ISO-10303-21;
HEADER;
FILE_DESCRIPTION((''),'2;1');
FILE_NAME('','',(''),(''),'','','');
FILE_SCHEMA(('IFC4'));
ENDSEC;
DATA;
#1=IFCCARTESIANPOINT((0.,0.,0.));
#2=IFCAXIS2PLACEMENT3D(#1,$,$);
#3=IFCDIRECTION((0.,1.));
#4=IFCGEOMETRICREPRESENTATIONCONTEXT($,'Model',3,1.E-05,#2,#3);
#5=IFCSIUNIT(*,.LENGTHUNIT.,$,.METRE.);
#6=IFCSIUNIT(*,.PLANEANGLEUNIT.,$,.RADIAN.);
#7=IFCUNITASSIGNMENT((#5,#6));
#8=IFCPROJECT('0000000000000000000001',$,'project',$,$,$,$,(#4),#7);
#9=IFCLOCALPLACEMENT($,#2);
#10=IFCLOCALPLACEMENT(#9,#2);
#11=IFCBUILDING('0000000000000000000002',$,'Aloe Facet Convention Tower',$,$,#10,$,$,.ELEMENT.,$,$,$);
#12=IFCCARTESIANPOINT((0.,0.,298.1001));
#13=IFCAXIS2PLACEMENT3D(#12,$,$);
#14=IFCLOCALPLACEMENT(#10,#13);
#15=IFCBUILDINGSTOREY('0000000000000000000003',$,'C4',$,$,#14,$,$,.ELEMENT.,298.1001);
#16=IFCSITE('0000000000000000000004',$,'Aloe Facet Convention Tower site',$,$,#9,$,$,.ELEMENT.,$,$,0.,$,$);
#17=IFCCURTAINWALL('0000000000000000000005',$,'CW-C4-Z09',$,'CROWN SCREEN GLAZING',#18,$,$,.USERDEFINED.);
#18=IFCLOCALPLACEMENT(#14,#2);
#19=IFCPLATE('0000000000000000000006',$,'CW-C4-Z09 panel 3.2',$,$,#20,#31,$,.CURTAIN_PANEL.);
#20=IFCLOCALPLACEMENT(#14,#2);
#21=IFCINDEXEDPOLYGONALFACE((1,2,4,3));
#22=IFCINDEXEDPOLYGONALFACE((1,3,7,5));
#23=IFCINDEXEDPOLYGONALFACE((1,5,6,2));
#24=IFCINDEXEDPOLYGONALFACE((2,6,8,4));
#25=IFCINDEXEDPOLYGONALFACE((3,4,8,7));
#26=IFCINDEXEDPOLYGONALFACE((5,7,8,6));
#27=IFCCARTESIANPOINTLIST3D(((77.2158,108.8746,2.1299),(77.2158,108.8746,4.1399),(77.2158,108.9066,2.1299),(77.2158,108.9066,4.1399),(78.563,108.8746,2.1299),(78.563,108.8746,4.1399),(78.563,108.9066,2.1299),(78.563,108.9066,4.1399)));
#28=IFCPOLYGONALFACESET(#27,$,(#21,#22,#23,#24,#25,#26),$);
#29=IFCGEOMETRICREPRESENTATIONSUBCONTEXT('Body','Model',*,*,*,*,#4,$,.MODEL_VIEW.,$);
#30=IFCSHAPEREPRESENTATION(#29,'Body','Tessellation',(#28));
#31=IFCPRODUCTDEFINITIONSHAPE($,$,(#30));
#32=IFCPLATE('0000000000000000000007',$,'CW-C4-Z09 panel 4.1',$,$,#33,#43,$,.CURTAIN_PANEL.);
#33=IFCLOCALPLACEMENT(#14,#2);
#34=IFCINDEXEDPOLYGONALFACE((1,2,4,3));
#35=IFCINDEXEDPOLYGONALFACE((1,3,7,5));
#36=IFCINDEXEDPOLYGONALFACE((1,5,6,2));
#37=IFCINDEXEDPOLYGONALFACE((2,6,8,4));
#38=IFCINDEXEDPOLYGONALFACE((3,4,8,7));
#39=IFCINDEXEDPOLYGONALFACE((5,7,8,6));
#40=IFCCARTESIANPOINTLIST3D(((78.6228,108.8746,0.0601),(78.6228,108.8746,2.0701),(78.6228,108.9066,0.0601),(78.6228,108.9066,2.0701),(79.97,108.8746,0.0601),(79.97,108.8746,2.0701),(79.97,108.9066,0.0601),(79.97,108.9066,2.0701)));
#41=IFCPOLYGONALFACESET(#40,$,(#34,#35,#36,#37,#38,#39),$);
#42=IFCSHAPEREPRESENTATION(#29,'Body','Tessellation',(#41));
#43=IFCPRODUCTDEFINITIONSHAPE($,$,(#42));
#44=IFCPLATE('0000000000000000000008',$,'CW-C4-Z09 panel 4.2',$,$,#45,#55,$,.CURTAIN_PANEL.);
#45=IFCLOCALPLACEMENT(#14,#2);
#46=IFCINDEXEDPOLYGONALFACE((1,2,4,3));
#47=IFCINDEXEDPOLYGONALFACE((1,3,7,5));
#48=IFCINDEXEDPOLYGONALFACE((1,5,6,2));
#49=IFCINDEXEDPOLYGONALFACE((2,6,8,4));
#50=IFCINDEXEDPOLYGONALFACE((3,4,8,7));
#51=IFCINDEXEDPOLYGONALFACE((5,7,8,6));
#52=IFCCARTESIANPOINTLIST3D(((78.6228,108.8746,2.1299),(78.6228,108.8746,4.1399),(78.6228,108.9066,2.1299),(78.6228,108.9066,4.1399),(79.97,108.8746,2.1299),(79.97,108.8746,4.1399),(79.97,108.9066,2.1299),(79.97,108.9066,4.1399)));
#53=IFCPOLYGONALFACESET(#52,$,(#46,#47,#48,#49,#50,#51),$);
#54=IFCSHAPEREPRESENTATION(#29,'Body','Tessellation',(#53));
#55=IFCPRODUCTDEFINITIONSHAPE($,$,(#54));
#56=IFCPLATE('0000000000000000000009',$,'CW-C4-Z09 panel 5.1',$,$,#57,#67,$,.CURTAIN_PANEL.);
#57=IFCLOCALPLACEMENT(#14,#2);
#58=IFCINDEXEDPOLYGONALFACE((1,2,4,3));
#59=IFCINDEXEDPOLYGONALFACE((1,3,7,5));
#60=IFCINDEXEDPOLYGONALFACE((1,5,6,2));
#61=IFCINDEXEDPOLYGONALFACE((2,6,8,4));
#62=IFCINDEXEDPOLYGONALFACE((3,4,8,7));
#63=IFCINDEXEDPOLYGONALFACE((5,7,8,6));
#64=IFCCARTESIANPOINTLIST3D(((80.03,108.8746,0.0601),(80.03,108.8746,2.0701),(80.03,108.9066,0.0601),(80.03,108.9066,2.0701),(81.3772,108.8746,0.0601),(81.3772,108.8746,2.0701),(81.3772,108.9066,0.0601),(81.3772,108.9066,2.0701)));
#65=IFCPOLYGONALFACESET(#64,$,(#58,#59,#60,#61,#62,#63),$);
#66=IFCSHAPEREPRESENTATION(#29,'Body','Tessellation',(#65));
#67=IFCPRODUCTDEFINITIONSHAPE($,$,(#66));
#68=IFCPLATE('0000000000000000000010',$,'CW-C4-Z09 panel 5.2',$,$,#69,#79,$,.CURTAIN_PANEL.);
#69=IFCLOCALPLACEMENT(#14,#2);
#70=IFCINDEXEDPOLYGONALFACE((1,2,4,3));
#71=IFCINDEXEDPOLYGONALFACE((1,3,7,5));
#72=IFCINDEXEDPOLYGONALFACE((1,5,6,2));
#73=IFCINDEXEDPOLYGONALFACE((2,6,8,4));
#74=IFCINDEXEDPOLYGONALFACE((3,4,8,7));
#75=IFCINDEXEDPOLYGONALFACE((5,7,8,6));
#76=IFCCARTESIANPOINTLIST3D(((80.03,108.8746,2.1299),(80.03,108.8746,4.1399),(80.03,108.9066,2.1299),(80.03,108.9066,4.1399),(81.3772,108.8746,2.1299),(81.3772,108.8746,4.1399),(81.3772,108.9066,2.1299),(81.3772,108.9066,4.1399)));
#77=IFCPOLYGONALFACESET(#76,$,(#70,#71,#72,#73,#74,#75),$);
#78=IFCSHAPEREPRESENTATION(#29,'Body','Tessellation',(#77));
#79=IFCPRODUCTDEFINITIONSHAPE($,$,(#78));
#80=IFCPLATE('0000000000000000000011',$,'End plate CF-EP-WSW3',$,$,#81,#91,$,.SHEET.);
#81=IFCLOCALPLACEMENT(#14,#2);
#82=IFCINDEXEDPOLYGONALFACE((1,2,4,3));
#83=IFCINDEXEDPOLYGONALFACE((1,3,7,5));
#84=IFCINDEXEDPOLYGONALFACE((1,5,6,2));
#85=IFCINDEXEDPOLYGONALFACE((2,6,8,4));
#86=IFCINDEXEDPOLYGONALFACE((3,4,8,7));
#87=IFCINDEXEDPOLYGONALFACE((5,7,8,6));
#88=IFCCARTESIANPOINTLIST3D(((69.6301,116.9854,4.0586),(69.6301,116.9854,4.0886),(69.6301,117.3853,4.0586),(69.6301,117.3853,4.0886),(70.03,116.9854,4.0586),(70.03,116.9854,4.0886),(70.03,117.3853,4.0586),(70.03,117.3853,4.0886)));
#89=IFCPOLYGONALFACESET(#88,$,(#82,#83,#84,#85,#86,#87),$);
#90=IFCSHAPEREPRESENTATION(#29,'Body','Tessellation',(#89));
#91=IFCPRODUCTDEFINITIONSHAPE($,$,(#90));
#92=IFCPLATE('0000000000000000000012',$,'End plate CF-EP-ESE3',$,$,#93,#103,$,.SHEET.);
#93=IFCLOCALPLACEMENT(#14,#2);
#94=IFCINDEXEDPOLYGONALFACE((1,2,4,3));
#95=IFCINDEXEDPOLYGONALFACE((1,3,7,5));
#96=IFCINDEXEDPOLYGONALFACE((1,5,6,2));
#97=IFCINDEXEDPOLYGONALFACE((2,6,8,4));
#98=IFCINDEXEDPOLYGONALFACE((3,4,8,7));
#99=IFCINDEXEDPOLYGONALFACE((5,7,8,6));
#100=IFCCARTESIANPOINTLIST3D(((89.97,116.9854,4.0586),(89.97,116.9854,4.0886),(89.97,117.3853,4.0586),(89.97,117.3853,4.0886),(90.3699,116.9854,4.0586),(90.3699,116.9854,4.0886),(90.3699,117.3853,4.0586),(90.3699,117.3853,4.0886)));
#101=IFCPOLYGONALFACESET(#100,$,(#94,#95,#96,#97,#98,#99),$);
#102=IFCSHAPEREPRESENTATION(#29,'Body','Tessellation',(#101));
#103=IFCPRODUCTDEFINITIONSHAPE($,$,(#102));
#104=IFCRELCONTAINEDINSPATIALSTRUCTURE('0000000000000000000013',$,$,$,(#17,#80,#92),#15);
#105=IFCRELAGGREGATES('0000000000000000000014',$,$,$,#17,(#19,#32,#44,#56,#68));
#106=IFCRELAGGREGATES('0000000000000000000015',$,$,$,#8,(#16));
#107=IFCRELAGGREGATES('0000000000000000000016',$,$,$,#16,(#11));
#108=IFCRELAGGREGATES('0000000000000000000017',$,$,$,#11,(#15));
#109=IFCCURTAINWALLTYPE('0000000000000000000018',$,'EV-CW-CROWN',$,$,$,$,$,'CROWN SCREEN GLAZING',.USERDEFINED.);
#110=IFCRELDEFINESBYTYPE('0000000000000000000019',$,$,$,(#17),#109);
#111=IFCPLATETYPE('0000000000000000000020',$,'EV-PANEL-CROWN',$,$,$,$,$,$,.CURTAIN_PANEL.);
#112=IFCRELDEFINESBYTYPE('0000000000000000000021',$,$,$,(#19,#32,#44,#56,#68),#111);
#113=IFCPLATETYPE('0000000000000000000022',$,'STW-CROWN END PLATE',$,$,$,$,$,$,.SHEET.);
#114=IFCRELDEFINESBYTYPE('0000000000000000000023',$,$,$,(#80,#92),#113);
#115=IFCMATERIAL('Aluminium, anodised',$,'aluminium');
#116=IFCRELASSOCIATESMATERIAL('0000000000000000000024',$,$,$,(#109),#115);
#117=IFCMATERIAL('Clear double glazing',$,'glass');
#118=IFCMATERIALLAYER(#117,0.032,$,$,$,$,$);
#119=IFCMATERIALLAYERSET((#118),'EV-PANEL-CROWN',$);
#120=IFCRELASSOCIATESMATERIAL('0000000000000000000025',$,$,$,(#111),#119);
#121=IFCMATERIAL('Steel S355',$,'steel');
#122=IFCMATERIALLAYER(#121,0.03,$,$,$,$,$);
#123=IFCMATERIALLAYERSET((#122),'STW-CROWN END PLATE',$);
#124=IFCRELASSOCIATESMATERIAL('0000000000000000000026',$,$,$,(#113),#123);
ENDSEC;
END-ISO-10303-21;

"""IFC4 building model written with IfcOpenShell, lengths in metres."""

from ifc_helpers import new_model, si_unit, direction, frame, origin, origin_2d, place, context, subcontext, project, spatial, polyline, rectangle, outline, extrude, material, layer, layer_set, type_object, element, aggregate, save


model = new_model("IFC4")

# Units and contexts
model_context = context("Model", 3, precision=1e-05, world=origin(), true_north=direction((0.0, 1.0)))
body_context = subcontext(model_context, "Body", "Model", "MODEL_VIEW")
ifc_project = project(units=[si_unit("LENGTHUNIT", "METRE"), si_unit("PLANEANGLEUNIT", "RADIAN")], contexts=[model_context])

# Site, building, storey
site_placement = place(None, origin())
site = spatial("IfcSite", under=ifc_project, at=site_placement, Name="Aloe Facet Convention Tower site", CompositionType="ELEMENT", RefElevation=0.0)
building_placement = place(site_placement, origin())
building = spatial("IfcBuilding", under=site, at=building_placement, Name="Aloe Facet Convention Tower", CompositionType="ELEMENT")
storey_placement = place(building_placement, frame((0.0, 0.0, 298.1001)))
storey = spatial("IfcBuildingStorey", under=building, at=storey_placement, Name="C4", CompositionType="ELEMENT", Elevation=298.1001)

# Curtain wall, plates
ifc_material_1 = material(Name="Aluminium, anodised", Category="aluminium")
curtain_wall_type = type_object("IfcCurtainWallType", Name="EV-CW-CROWN", ElementType="CROWN SCREEN GLAZING", PredefinedType="USERDEFINED", material=ifc_material_1)
curtain_wall_placement = place(storey_placement, origin())
curtain_wall = element("IfcCurtainWall", 1, at=curtain_wall_placement, inside=storey, type_object=curtain_wall_type, Name="CW-C4-Z09", ObjectType="CROWN SCREEN GLAZING", PredefinedType="USERDEFINED")
ifc_material_2 = material(Name="Clear double glazing", Category="glass")
ifc_layer_1 = layer(ifc_material_2, 0.032)
ifc_layer_set_1 = layer_set([ifc_layer_1], Name="EV-PANEL-CROWN")
plate_type_1 = type_object("IfcPlateType", Name="EV-PANEL-CROWN", PredefinedType="CURTAIN_PANEL", material=ifc_layer_set_1)
plate_1_placement = place(storey_placement, frame((77.8894, 108.8906, 2.1299), z_axis=(0.0, 0.0, 1.0), x_axis=(1.0, 0.0, 0.0)))
plate_1 = element("IfcPlate", 2, at=plate_1_placement, type_object=plate_type_1, Name="CW-C4-Z09 panel 3.2", PredefinedType="CURTAIN_PANEL", context=body_context, shape_type="SweptSolid", body=[
    extrude(rectangle(XDim=1.3472, YDim=0.032, at=origin_2d()), origin(), (0.0, 0.0, 1.0), 2.01),
])
plate_2_placement = place(storey_placement, frame((79.2964, 108.8906, 0.0601), z_axis=(0.0, 0.0, 1.0), x_axis=(1.0, 0.0, 0.0)))
plate_2 = element("IfcPlate", 3, at=plate_2_placement, type_object=plate_type_1, Name="CW-C4-Z09 panel 4.1", PredefinedType="CURTAIN_PANEL", context=body_context, shape_type="SweptSolid", body=[
    extrude(rectangle(XDim=1.3472, YDim=0.032, at=origin_2d()), origin(), (0.0, 0.0, 1.0), 2.01),
])
plate_3_placement = place(storey_placement, frame((79.2964, 108.8906, 2.1299), z_axis=(0.0, 0.0, 1.0), x_axis=(1.0, 0.0, 0.0)))
plate_3 = element("IfcPlate", 4, at=plate_3_placement, type_object=plate_type_1, Name="CW-C4-Z09 panel 4.2", PredefinedType="CURTAIN_PANEL", context=body_context, shape_type="SweptSolid", body=[
    extrude(rectangle(XDim=1.3472, YDim=0.032, at=origin_2d()), origin(), (0.0, 0.0, 1.0), 2.01),
])
plate_4_placement = place(storey_placement, frame((80.7036, 108.8906, 0.0601), z_axis=(0.0, 0.0, 1.0), x_axis=(1.0, 0.0, 0.0)))
plate_4 = element("IfcPlate", 5, at=plate_4_placement, type_object=plate_type_1, Name="CW-C4-Z09 panel 5.1", PredefinedType="CURTAIN_PANEL", context=body_context, shape_type="SweptSolid", body=[
    extrude(rectangle(XDim=1.3472, YDim=0.032, at=origin_2d()), origin(), (0.0, 0.0, 1.0), 2.01),
])
plate_5_placement = place(storey_placement, frame((80.7036, 108.8906, 2.1299), z_axis=(0.0, 0.0, 1.0), x_axis=(1.0, 0.0, 0.0)))
plate_5 = element("IfcPlate", 6, at=plate_5_placement, type_object=plate_type_1, Name="CW-C4-Z09 panel 5.2", PredefinedType="CURTAIN_PANEL", context=body_context, shape_type="SweptSolid", body=[
    extrude(rectangle(XDim=1.3472, YDim=0.032, at=origin_2d()), origin(), (0.0, 0.0, 1.0), 2.01),
])
aggregate(curtain_wall, [plate_1, plate_2, plate_3, plate_4, plate_5])

# Plates
ifc_material_3 = material(Name="Steel S355", Category="steel")
ifc_layer_2 = layer(ifc_material_3, 0.03)
ifc_layer_set_2 = layer_set([ifc_layer_2], Name="STW-CROWN END PLATE")
plate_type_2 = type_object("IfcPlateType", Name="STW-CROWN END PLATE", PredefinedType="SHEET", material=ifc_layer_set_2)
plate_6_placement = place(storey_placement, frame((0.0, 0.0, 4.0586)))
element("IfcPlate", 7, at=plate_6_placement, inside=storey, type_object=plate_type_2, Name="End plate CF-EP-WSW3", PredefinedType="SHEET", context=body_context, shape_type="SweptSolid", body=[
    extrude(outline(polyline([(69.6301, 116.9854), (70.03, 116.9854), (70.03, 117.3853), (69.6301, 117.3853), (69.6301, 116.9854)])), origin(), (0.0, 0.0, 1.0), 0.03),
])
plate_7_placement = place(storey_placement, frame((0.0, 0.0, 4.0586)))
element("IfcPlate", 8, at=plate_7_placement, inside=storey, type_object=plate_type_2, Name="End plate CF-EP-ESE3", PredefinedType="SHEET", context=body_context, shape_type="SweptSolid", body=[
    extrude(outline(polyline([(89.97, 116.9854), (90.3699, 116.9854), (90.3699, 117.3853), (89.97, 117.3853), (89.97, 116.9854)])), origin(), (0.0, 0.0, 1.0), 0.03),
])

save(model, "model.ifc")
